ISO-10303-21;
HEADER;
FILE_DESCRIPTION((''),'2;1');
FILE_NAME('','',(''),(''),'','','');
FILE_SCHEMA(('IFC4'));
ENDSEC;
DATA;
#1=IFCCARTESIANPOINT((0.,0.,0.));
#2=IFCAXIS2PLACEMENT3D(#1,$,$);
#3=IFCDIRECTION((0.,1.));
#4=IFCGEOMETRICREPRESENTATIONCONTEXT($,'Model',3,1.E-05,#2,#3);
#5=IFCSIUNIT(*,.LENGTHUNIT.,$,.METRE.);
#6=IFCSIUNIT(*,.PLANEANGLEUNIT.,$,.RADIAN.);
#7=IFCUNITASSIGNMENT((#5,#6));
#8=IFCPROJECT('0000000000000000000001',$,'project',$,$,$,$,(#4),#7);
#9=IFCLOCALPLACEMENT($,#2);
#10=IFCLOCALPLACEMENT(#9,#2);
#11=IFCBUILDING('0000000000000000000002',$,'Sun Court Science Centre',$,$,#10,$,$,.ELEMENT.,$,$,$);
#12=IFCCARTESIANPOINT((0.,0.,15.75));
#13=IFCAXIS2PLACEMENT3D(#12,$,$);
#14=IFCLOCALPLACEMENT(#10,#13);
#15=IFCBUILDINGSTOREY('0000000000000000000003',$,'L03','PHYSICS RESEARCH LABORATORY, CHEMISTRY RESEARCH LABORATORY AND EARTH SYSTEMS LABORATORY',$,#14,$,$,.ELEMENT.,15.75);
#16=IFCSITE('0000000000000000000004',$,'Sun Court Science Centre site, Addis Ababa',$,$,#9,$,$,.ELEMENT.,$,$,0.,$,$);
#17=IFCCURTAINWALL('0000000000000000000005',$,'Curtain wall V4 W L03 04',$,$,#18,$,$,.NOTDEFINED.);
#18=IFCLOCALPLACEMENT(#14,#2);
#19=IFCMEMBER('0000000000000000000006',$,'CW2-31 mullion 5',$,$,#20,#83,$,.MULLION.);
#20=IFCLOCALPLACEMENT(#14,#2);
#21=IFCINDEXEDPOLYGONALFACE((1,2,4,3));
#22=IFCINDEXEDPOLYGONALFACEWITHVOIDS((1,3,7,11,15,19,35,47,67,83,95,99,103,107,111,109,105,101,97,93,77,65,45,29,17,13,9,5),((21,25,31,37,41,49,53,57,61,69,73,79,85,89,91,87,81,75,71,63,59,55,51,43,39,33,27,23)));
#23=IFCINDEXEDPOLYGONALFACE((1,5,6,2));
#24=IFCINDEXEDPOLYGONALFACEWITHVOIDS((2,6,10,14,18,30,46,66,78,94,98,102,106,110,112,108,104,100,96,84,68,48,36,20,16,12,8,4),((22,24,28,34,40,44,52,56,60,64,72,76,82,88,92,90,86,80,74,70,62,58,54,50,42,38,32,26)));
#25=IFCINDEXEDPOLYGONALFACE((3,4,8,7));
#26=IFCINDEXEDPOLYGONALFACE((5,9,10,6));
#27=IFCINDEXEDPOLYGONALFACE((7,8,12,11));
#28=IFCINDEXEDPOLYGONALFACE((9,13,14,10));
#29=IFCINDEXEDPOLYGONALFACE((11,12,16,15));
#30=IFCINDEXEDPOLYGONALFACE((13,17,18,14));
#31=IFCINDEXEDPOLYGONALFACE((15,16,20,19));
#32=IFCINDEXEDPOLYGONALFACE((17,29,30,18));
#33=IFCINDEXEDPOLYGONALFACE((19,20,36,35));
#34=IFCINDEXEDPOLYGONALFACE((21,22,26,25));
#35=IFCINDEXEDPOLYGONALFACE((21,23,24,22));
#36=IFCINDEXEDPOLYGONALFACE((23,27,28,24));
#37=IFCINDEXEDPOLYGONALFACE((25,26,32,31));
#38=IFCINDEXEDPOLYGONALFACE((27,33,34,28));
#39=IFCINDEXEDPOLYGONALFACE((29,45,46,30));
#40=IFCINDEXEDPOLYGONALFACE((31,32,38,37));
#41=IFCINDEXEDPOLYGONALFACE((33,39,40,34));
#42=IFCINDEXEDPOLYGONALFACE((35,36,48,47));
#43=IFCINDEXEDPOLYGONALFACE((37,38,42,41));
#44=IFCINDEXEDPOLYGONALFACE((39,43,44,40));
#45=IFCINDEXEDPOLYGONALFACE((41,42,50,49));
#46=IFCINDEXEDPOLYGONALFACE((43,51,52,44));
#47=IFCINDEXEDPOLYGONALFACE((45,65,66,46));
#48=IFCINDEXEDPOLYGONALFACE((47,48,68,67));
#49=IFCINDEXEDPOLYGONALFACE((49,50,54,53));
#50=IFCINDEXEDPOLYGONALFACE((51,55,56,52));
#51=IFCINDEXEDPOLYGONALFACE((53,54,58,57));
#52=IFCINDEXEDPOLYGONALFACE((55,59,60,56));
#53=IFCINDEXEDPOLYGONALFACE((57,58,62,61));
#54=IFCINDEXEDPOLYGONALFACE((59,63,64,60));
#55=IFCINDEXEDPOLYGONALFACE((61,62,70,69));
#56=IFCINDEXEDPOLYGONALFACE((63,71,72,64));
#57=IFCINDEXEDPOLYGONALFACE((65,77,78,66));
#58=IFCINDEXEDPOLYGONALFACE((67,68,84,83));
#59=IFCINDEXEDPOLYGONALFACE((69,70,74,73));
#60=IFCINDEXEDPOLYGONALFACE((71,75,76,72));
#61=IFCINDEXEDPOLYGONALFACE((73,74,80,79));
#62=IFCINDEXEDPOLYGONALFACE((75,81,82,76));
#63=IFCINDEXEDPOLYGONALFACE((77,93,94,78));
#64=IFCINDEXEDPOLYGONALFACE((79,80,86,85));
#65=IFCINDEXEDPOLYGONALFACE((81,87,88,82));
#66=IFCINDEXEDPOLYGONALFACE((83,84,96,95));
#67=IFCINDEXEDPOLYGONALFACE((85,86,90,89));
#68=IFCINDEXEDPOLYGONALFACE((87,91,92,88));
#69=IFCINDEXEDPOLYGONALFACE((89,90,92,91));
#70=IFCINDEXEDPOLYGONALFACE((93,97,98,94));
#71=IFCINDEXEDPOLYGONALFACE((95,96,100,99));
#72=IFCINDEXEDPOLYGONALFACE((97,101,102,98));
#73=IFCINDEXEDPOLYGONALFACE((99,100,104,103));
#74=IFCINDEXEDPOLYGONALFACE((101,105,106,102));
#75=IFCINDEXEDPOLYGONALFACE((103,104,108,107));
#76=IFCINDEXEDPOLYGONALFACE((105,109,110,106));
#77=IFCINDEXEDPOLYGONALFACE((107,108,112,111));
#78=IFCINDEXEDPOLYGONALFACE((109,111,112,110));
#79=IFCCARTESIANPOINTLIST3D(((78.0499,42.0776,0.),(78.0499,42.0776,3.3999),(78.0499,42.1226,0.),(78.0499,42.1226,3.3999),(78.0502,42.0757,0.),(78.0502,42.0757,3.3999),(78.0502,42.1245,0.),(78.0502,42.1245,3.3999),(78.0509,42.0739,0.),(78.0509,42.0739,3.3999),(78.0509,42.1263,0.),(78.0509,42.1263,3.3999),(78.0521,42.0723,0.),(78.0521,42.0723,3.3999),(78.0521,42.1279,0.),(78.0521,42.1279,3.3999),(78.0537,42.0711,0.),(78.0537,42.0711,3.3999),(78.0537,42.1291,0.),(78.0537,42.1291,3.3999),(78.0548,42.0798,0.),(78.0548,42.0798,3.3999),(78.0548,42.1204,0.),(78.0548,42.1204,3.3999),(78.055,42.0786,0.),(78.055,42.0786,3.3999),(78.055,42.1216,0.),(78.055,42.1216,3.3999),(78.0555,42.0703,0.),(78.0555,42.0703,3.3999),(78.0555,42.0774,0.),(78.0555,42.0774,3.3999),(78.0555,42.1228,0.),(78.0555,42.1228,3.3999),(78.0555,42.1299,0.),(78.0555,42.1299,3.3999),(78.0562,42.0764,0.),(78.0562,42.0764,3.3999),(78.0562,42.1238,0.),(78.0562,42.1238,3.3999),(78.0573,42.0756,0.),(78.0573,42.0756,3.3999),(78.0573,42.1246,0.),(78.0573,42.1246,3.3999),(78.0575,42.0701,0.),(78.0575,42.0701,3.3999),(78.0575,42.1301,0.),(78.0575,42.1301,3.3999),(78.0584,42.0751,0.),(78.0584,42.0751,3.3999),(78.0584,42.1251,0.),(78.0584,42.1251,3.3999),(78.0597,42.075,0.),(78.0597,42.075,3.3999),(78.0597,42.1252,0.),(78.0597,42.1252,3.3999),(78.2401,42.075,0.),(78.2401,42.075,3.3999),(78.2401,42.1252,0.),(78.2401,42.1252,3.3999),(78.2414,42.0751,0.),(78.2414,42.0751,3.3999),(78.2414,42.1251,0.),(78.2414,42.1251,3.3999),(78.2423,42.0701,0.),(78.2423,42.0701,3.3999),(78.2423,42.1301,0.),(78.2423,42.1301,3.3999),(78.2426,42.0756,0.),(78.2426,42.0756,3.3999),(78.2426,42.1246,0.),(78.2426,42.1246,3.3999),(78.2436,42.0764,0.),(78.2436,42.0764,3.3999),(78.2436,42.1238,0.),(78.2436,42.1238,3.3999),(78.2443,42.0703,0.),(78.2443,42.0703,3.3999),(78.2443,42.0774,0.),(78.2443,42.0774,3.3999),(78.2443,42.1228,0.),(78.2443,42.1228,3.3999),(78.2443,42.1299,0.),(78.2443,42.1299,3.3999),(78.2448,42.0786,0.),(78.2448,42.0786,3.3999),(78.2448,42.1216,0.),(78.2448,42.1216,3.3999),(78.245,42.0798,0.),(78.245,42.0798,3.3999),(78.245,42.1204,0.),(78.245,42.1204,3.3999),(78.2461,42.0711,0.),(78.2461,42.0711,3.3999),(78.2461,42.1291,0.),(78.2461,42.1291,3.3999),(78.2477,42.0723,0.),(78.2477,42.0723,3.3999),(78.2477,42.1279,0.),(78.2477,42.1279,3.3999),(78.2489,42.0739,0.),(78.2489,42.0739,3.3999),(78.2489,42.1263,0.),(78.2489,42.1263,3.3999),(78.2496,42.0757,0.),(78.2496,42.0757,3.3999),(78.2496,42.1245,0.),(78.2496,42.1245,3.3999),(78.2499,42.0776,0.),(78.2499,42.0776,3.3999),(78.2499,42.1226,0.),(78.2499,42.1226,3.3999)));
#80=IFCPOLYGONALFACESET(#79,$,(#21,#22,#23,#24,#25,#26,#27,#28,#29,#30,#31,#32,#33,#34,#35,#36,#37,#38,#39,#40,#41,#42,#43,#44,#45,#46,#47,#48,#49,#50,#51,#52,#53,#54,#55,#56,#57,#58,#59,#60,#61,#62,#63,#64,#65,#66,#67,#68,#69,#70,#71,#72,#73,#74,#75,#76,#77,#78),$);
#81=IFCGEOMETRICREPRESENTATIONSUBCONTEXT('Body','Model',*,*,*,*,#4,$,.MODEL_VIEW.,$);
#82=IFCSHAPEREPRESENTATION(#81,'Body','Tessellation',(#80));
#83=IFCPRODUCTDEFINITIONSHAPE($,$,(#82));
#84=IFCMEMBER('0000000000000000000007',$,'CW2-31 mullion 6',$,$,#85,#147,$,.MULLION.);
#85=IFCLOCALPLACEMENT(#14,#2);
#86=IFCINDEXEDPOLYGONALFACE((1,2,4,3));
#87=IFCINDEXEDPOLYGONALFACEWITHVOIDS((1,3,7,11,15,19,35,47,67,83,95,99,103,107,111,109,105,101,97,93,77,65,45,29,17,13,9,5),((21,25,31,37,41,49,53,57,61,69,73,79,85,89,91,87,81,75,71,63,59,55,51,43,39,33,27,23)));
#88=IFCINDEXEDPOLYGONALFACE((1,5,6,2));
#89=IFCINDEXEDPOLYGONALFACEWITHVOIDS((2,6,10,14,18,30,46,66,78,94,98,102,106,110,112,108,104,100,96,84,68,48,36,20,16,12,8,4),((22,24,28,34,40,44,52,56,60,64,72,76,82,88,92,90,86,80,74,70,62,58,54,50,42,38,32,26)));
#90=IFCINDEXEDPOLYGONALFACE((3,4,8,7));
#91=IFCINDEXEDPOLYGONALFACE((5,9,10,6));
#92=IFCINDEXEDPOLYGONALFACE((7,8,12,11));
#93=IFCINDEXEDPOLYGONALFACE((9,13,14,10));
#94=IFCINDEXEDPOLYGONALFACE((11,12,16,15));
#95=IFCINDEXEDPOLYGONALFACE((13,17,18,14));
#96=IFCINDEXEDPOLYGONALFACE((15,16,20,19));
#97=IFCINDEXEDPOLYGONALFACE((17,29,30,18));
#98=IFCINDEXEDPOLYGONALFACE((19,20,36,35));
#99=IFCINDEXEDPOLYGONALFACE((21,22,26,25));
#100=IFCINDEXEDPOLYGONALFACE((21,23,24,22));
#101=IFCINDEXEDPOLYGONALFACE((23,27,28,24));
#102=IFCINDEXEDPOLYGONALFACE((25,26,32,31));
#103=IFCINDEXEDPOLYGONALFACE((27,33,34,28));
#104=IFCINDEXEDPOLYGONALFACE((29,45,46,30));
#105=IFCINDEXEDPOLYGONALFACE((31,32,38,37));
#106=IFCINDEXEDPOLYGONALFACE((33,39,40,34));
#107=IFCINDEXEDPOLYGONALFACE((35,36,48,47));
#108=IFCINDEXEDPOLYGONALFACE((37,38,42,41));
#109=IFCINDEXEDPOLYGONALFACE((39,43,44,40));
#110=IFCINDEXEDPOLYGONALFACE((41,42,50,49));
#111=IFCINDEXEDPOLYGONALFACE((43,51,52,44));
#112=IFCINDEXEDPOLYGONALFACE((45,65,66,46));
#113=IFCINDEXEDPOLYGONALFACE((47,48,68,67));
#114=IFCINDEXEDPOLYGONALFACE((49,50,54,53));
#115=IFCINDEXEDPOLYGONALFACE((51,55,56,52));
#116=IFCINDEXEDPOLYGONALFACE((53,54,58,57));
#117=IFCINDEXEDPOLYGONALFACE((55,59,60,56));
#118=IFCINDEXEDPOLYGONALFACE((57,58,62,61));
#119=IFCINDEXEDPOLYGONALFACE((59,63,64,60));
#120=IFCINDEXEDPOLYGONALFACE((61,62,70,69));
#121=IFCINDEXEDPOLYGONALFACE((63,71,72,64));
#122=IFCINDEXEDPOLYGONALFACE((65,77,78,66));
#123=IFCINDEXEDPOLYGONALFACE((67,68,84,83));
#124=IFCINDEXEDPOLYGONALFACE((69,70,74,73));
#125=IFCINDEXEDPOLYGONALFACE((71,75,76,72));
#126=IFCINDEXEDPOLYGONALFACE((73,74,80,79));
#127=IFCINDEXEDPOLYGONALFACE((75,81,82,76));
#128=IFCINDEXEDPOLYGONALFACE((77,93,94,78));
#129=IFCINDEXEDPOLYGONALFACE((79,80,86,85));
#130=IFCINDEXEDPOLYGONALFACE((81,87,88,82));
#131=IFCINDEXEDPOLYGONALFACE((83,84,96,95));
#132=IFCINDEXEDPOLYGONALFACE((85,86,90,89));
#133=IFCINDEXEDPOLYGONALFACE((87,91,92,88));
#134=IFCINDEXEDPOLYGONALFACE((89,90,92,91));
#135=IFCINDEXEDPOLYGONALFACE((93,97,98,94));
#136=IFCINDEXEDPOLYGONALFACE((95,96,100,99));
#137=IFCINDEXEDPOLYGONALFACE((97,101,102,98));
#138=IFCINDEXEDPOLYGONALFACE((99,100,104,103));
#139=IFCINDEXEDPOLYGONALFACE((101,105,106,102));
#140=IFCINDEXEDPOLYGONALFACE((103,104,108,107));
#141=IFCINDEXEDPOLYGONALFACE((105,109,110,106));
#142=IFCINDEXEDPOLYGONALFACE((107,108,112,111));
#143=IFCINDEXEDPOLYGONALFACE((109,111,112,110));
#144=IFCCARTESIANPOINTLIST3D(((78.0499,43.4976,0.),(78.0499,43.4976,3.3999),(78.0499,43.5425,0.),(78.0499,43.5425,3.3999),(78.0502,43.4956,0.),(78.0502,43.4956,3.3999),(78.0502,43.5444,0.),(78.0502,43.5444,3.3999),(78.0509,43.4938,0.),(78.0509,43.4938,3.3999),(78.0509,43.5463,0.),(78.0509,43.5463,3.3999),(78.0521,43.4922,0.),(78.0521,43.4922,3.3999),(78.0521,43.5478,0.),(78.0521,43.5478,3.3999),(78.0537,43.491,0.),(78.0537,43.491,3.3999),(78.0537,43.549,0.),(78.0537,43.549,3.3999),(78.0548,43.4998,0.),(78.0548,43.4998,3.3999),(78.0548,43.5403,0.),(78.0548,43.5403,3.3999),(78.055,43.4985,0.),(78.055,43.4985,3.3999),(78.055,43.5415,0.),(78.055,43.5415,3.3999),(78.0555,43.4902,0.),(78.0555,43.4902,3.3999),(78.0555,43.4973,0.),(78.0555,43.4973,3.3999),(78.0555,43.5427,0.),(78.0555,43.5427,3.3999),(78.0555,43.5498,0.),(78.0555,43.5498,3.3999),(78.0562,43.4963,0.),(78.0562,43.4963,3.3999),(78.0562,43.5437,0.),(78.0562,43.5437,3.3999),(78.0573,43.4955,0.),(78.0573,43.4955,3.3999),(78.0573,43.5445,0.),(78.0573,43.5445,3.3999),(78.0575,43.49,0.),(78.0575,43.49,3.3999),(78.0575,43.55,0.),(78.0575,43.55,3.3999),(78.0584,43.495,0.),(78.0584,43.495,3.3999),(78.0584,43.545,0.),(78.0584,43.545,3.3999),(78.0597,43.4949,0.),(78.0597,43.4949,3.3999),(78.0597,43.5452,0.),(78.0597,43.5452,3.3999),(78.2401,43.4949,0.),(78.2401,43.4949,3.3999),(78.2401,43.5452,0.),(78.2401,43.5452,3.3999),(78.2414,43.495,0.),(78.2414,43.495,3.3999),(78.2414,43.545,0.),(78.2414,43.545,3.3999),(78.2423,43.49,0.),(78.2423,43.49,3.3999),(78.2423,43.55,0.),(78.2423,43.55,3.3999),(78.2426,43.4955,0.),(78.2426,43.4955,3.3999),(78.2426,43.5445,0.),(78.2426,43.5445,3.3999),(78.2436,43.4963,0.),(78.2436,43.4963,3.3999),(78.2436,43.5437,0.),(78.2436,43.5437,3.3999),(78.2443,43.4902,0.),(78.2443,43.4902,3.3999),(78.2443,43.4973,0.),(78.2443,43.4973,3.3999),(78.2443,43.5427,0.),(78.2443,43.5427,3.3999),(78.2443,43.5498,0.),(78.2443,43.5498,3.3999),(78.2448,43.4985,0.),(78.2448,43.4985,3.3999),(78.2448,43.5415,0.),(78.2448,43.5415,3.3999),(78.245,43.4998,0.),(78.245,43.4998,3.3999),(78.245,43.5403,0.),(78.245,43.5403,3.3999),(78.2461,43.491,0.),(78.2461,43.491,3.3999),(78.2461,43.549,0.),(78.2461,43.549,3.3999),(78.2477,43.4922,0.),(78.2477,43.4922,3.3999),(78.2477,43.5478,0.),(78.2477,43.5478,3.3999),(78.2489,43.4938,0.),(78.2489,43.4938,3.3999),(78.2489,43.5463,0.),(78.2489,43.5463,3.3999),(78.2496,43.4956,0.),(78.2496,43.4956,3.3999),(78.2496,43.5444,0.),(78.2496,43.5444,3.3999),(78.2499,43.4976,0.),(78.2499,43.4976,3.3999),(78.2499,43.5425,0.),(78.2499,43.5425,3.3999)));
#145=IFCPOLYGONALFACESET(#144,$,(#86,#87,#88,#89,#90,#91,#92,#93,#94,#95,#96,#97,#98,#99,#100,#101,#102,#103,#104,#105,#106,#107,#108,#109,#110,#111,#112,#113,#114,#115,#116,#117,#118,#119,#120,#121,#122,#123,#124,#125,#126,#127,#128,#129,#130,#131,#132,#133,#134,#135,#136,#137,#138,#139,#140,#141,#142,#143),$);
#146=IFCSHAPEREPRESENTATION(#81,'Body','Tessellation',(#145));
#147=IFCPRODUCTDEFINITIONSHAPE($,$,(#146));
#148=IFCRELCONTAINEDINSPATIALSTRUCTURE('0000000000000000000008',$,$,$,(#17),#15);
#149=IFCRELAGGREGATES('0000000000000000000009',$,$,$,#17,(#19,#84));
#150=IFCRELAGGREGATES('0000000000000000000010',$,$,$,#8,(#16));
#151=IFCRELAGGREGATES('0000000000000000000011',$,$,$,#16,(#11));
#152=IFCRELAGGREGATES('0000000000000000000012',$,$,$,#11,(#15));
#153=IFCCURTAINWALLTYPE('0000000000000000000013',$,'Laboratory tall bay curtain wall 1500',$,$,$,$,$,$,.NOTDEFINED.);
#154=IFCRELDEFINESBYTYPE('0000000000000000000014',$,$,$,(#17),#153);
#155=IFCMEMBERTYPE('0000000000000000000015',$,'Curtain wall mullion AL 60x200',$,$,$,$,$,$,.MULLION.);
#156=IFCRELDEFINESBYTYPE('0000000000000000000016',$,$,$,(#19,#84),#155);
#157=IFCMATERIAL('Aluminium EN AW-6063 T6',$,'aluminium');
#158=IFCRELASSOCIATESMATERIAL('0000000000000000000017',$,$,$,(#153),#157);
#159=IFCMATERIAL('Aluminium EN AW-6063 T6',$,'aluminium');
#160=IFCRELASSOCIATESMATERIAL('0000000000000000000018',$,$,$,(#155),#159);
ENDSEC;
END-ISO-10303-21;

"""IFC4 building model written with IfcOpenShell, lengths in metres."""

from ifc_helpers import new_model, si_unit, direction, frame, origin, origin_2d, place, context, subcontext, project, spatial, hollow_rectangle, extrude, material, material_profile, profile_set, type_object, element, aggregate, save


model = new_model("IFC4")

# Units and contexts
model_context = context("Model", 3, precision=1e-05, world=origin(), true_north=direction((0.0, 1.0)))
body_context = subcontext(model_context, "Body", "Model", "MODEL_VIEW")
ifc_project = project(units=[si_unit("LENGTHUNIT", "METRE"), si_unit("PLANEANGLEUNIT", "RADIAN")], contexts=[model_context])

# Site, building, storey
site_placement = place(None, origin())
site = spatial("IfcSite", under=ifc_project, at=site_placement, Name="Sun Court Science Centre site, Addis Ababa", CompositionType="ELEMENT", RefElevation=0.0)
building_placement = place(site_placement, origin())
building = spatial("IfcBuilding", under=site, at=building_placement, Name="Sun Court Science Centre", CompositionType="ELEMENT")
storey_placement = place(building_placement, frame((0.0, 0.0, 15.75)))
storey = spatial("IfcBuildingStorey", under=building, at=storey_placement, Name="L03", Description="PHYSICS RESEARCH LABORATORY, CHEMISTRY RESEARCH LABORATORY AND EARTH SYSTEMS LABORATORY", CompositionType="ELEMENT", Elevation=15.75)

# Curtain wall, members
ifc_material_1 = material(Name="Aluminium EN AW-6063 T6", Category="aluminium")
curtain_wall_type = type_object("IfcCurtainWallType", Name="Laboratory tall bay curtain wall 1500", PredefinedType="NOTDEFINED", material=ifc_material_1)
curtain_wall_1_placement = place(storey_placement, origin())
curtain_wall_1 = element("IfcCurtainWall", 1, at=curtain_wall_1_placement, inside=storey, type_object=curtain_wall_type, Name="Curtain wall V4 W L03 04", PredefinedType="NOTDEFINED")
ifc_material_2 = material(Name="Aluminium EN AW-6063 T6", Category="aluminium")
ifc_material_profile_1 = material_profile(ifc_material_2, hollow_rectangle(XDim=0.0601, YDim=0.2, WallThickness=0.0049, InnerFilletRadius=0.0049, OuterFilletRadius=0.0076, at=origin_2d()), Name="AL 60x200x5")
ifc_profile_set_1 = profile_set([ifc_material_profile_1], Name="Aluminium EN AW-6063 T6")
member_type_1 = type_object("IfcMemberType", Name="Curtain wall mullion AL 60x200", PredefinedType="MULLION", material=ifc_profile_set_1)
member_1_placement = place(storey_placement, frame((78.1499, 42.1001, 0.0), z_axis=(0.0, 0.0, 1.0), x_axis=(0.0, 1.0, 0.0)))
member_1 = element("IfcMember", 2, at=member_1_placement, type_object=member_type_1, Name="CW2-31 mullion 5", PredefinedType="MULLION", context=body_context, shape_type="SweptSolid", body=[
    extrude(hollow_rectangle(XDim=0.0601, YDim=0.2, WallThickness=0.0049, InnerFilletRadius=0.0049, OuterFilletRadius=0.0076, at=origin_2d()), origin(), (0.0, 0.0, 1.0), 3.3999),
])
member_2_placement = place(storey_placement, frame((78.1499, 43.52, 0.0), z_axis=(0.0, 0.0, 1.0), x_axis=(0.0, 1.0, 0.0)))
member_2 = element("IfcMember", 3, at=member_2_placement, type_object=member_type_1, Name="CW2-31 mullion 6", PredefinedType="MULLION", context=body_context, shape_type="SweptSolid", body=[
    extrude(hollow_rectangle(XDim=0.0601, YDim=0.2, WallThickness=0.0049, InnerFilletRadius=0.0049, OuterFilletRadius=0.0076, at=origin_2d()), origin(), (0.0, 0.0, 1.0), 3.3999),
])

aggregate(curtain_wall_1, [member_1, member_2])

save(model, "model.ifc")
